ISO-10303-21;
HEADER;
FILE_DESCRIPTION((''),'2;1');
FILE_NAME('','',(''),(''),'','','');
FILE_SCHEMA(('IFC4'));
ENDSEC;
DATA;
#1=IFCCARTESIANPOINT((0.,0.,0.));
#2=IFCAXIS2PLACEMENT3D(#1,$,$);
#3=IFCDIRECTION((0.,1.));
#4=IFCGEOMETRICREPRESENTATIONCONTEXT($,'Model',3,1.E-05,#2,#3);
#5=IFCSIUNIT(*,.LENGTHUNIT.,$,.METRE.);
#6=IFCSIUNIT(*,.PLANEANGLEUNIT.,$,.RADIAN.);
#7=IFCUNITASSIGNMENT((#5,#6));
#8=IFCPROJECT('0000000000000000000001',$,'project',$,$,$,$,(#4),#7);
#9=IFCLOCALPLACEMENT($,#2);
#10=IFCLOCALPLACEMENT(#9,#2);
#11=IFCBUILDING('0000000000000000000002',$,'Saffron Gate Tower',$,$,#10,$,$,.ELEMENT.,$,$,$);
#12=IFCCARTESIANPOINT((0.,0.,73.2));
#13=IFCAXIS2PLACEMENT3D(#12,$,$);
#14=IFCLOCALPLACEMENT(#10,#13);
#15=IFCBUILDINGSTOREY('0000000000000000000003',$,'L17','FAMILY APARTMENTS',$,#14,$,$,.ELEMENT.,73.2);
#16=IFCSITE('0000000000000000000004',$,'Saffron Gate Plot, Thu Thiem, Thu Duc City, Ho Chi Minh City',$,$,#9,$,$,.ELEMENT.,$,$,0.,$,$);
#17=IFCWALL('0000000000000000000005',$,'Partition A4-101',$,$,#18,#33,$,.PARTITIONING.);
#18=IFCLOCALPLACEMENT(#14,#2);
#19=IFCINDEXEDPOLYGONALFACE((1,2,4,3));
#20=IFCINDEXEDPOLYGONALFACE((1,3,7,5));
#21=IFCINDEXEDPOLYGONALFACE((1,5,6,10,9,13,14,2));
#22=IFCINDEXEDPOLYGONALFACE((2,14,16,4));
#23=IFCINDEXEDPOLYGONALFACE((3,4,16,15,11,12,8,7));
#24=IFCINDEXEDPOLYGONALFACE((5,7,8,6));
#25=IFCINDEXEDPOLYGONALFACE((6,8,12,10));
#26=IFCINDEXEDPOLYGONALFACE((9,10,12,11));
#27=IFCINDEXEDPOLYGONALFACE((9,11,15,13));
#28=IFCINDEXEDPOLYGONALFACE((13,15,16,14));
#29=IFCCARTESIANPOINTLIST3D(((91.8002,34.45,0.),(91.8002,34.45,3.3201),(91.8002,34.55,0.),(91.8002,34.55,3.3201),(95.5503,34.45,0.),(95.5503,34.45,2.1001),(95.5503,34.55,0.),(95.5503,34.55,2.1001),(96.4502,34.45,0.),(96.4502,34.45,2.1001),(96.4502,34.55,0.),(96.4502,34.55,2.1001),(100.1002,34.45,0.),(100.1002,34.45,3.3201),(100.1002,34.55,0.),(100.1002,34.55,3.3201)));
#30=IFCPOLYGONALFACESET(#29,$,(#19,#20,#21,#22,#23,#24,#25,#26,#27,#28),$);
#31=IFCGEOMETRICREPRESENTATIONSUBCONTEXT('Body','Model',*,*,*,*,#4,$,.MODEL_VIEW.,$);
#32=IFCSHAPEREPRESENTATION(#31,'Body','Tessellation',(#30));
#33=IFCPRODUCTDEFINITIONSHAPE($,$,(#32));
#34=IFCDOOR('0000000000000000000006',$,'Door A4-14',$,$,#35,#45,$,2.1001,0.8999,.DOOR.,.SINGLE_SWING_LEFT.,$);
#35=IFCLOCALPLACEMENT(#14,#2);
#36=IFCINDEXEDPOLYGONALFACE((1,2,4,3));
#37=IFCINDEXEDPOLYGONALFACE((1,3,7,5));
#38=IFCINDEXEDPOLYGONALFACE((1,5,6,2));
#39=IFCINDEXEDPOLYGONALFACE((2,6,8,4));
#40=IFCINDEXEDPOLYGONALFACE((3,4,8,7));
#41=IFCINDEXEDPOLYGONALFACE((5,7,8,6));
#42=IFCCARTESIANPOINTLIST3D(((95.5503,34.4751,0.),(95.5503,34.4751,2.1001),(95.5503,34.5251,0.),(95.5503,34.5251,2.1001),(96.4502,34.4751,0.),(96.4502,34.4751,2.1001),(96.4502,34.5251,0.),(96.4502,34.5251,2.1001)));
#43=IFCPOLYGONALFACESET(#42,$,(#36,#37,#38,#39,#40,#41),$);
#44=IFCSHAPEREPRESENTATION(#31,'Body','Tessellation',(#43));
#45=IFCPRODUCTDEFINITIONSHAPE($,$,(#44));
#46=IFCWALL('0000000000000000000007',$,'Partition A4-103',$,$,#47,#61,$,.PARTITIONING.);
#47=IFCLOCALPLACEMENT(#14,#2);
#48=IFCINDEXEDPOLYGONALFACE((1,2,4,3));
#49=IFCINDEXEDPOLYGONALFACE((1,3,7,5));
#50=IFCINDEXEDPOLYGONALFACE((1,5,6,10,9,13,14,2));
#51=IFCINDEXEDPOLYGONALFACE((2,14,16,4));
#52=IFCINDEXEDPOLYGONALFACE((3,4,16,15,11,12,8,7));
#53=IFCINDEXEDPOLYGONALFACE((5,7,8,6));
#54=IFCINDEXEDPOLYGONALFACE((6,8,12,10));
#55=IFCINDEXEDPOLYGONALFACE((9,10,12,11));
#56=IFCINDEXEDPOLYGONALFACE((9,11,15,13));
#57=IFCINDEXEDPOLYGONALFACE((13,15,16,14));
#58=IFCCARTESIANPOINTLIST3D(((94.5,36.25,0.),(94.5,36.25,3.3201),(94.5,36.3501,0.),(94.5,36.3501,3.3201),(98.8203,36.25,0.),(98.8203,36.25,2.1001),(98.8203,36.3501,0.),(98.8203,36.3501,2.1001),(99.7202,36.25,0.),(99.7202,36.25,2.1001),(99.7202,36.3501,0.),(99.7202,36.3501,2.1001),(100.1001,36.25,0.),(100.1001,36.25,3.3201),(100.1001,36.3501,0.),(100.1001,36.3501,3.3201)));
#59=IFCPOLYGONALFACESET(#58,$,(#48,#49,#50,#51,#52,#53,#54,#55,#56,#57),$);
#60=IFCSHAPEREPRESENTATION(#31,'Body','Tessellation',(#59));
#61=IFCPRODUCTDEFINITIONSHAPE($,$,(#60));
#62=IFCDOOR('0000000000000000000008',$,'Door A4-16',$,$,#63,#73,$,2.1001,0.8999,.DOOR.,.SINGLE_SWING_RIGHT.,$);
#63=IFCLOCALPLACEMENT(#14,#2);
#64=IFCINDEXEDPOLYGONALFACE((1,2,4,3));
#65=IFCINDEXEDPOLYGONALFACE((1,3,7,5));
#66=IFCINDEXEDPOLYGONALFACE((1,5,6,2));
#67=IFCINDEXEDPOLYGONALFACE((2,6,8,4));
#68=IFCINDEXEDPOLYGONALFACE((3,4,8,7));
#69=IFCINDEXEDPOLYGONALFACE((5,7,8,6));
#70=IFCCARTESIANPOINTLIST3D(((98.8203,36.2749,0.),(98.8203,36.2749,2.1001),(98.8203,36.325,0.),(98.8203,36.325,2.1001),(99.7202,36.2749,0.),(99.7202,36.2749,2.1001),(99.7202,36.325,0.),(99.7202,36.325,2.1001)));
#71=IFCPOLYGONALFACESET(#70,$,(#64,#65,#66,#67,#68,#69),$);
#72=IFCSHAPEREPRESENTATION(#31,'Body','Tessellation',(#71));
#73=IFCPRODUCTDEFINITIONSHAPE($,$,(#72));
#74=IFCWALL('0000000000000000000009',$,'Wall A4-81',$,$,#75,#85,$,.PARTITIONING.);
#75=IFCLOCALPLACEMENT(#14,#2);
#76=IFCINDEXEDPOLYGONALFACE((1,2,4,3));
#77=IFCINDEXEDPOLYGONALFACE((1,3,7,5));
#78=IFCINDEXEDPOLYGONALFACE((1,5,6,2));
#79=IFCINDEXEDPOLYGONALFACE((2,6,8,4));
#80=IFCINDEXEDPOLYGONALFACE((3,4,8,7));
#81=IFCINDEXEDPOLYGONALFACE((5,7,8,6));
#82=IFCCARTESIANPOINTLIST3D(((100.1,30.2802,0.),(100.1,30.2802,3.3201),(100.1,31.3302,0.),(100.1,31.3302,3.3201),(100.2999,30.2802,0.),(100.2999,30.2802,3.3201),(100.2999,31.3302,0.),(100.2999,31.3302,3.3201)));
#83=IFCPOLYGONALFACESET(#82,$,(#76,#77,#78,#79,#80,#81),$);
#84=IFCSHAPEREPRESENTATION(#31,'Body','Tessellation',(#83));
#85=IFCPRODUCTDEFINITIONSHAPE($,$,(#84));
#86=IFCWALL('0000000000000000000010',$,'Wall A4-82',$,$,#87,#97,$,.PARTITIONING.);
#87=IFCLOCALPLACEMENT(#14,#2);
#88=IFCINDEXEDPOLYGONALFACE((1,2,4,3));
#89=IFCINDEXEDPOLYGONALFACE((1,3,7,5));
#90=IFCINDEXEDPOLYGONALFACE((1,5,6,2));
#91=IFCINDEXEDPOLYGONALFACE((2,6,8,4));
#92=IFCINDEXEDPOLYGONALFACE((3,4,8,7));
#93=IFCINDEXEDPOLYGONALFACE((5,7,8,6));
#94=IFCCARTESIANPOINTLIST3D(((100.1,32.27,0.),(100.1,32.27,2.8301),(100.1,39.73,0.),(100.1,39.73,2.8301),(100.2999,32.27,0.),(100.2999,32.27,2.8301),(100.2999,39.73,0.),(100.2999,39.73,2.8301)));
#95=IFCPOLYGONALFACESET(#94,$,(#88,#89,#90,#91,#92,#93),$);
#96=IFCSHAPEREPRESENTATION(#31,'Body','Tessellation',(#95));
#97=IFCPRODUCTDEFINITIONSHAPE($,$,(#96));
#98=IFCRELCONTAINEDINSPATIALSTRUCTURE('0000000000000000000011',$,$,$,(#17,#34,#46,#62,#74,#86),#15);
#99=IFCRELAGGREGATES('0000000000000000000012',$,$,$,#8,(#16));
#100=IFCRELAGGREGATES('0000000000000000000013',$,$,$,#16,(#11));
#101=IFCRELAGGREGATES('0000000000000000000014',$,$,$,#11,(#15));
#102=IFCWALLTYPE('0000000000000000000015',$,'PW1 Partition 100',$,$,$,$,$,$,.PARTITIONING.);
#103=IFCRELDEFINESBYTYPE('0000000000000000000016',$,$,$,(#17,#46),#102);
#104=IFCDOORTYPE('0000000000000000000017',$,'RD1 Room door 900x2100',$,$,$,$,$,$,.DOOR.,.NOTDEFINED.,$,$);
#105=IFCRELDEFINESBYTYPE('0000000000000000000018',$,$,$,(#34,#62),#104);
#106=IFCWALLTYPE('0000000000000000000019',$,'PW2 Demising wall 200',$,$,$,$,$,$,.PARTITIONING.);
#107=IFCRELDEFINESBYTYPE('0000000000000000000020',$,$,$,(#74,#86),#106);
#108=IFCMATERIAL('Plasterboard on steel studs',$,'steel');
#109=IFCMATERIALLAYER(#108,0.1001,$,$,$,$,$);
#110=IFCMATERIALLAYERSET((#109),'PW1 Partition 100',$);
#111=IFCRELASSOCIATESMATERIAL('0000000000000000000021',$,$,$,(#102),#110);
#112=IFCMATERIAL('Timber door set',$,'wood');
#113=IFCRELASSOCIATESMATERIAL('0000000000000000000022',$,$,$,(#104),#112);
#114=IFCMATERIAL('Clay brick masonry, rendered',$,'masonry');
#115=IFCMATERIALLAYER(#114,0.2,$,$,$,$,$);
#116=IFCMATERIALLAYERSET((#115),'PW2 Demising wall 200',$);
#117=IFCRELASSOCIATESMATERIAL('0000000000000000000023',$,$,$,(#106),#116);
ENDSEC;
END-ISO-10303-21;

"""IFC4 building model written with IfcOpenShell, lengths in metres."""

from ifc_helpers import new_model, si_unit, direction, frame, frame_2d, origin, place, context, subcontext, project, spatial, rectangle, extrude, material, layer, layer_set, type_object, element, fill, save


model = new_model("IFC4")

# Units and contexts
model_context = context("Model", 3, precision=1e-05, world=origin(), true_north=direction((0.0, 1.0)))
body_context = subcontext(model_context, "Body", "Model", "MODEL_VIEW")
ifc_project = project(units=[si_unit("LENGTHUNIT", "METRE"), si_unit("PLANEANGLEUNIT", "RADIAN")], contexts=[model_context])

# Site, building, storey
site_placement = place(None, origin())
site = spatial("IfcSite", under=ifc_project, at=site_placement, Name="Saffron Gate Plot, Thu Thiem, Thu Duc City, Ho Chi Minh City", CompositionType="ELEMENT", RefElevation=0.0)
building_placement = place(site_placement, origin())
building = spatial("IfcBuilding", under=site, at=building_placement, Name="Saffron Gate Tower", CompositionType="ELEMENT")
storey_placement = place(building_placement, frame((0.0, 0.0, 73.2)))
storey = spatial("IfcBuildingStorey", under=building, at=storey_placement, Name="L17", Description="FAMILY APARTMENTS", CompositionType="ELEMENT", Elevation=73.2)

# Shared definitions
ifc_material_1 = material(Name="Plasterboard on steel studs", Category="steel")
ifc_layer_1 = layer(ifc_material_1, 0.1001)
ifc_layer_set_1 = layer_set([ifc_layer_1], Name="PW1 Partition 100")
wall_type_1 = type_object("IfcWallType", Name="PW1 Partition 100", PredefinedType="PARTITIONING", material=ifc_layer_set_1)
ifc_material_2 = material(Name="Timber door set", Category="wood")

# Walls, openings, doors
wall_1_placement = place(storey_placement, frame((100.1001, 34.5, 0.0), z_axis=(0.0, 0.0, 1.0), x_axis=(-1.0, 0.0, 0.0)))
wall_1 = element("IfcWall", 1, at=wall_1_placement, inside=storey, type_object=wall_type_1, Name="Partition A4-101", PredefinedType="PARTITIONING", context=body_context, shape_type="SweptSolid", body=[
    extrude(rectangle(XDim=8.3, YDim=0.1001, at=frame_2d((4.1499, 0.0))), origin(), (0.0, 0.0, 1.0), 3.3201),
])
opening_1_placement = place(wall_1_placement, frame((3.6499, 0.0, 0.0)))
opening_1 = element("IfcOpeningElement", 2, at=opening_1_placement, cuts=wall_1, PredefinedType="OPENING", context=body_context, shape_type="SweptSolid", body=[
    extrude(rectangle(XDim=0.8999, YDim=2.1001, at=frame_2d((0.45, 1.05))), frame((0.0, 0.0601, 0.0), z_axis=(0.0, -1.0, 0.0), x_axis=(1.0, 0.0, 0.0)), (0.0, 0.0, 1.0), 0.1201),
])
door_type_1 = type_object("IfcDoorType", Name="RD1 Room door 900x2100", OperationType="NOTDEFINED", PredefinedType="DOOR", material=ifc_material_2)
door_1_placement = place(opening_1_placement, origin())
door_1 = element("IfcDoor", 3, at=door_1_placement, inside=storey, type_object=door_type_1, Name="Door A4-14", OperationType="SINGLE_SWING_LEFT", OverallHeight=2.1001, OverallWidth=0.8999, PredefinedType="DOOR", context=body_context, shape_type="SweptSolid", body=[
    extrude(rectangle(XDim=0.8999, YDim=2.1001, at=frame_2d((0.45, 1.05))), frame((0.0, 0.0249, 0.0), z_axis=(0.0, -1.0, 0.0), x_axis=(1.0, 0.0, 0.0)), (0.0, 0.0, 1.0), 0.05),
])
fill(opening_1, door_1)
wall_2_placement = place(storey_placement, frame((94.5, 36.3, 0.0), z_axis=(0.0, 0.0, 1.0), x_axis=(1.0, 0.0, 0.0)))
wall_2 = element("IfcWall", 4, at=wall_2_placement, inside=storey, type_object=wall_type_1, Name="Partition A4-103", PredefinedType="PARTITIONING", context=body_context, shape_type="SweptSolid", body=[
    extrude(rectangle(XDim=5.6001, YDim=0.1001, at=frame_2d((2.8, 0.0))), origin(), (0.0, 0.0, 1.0), 3.3201),
])
opening_2_placement = place(wall_2_placement, frame((4.3203, 0.0, 0.0)))
opening_2 = element("IfcOpeningElement", 5, at=opening_2_placement, cuts=wall_2, PredefinedType="OPENING", context=body_context, shape_type="SweptSolid", body=[
    extrude(rectangle(XDim=0.8999, YDim=2.1001, at=frame_2d((0.45, 1.05))), frame((0.0, 0.0601, 0.0), z_axis=(0.0, -1.0, 0.0), x_axis=(1.0, 0.0, 0.0)), (0.0, 0.0, 1.0), 0.1201),
])
door_2_placement = place(opening_2_placement, origin())
door_2 = element("IfcDoor", 6, at=door_2_placement, inside=storey, type_object=door_type_1, Name="Door A4-16", OperationType="SINGLE_SWING_RIGHT", OverallHeight=2.1001, OverallWidth=0.8999, PredefinedType="DOOR", context=body_context, shape_type="SweptSolid", body=[
    extrude(rectangle(XDim=0.8999, YDim=2.1001, at=frame_2d((0.45, 1.05))), frame((0.0, 0.0249, 0.0), z_axis=(0.0, -1.0, 0.0), x_axis=(1.0, 0.0, 0.0)), (0.0, 0.0, 1.0), 0.05),
])
fill(opening_2, door_2)

# Walls
ifc_material_3 = material(Name="Clay brick masonry, rendered", Category="masonry")
ifc_layer_2 = layer(ifc_material_3, 0.2)
ifc_layer_set_2 = layer_set([ifc_layer_2], Name="PW2 Demising wall 200")
wall_type_2 = type_object("IfcWallType", Name="PW2 Demising wall 200", PredefinedType="PARTITIONING", material=ifc_layer_set_2)
wall_3_placement = place(storey_placement, frame((100.2, 31.3301, 0.0), z_axis=(0.0, 0.0, 1.0), x_axis=(0.0, -1.0, 0.0)))
element("IfcWall", 7, at=wall_3_placement, inside=storey, type_object=wall_type_2, Name="Wall A4-81", PredefinedType="PARTITIONING", context=body_context, shape_type="SweptSolid", body=[
    extrude(rectangle(XDim=1.05, YDim=0.2, at=frame_2d((0.5249, 0.0))), origin(), (0.0, 0.0, 1.0), 3.3201),
])
wall_4_placement = place(storey_placement, frame((100.2, 39.73, 0.0), z_axis=(0.0, 0.0, 1.0), x_axis=(0.0, -1.0, 0.0)))
element("IfcWall", 8, at=wall_4_placement, inside=storey, type_object=wall_type_2, Name="Wall A4-82", PredefinedType="PARTITIONING", context=body_context, shape_type="SweptSolid", body=[
    extrude(rectangle(XDim=7.46, YDim=0.2, at=frame_2d((3.73, 0.0))), origin(), (0.0, 0.0, 1.0), 2.8301),
])

save(model, "model.ifc")
